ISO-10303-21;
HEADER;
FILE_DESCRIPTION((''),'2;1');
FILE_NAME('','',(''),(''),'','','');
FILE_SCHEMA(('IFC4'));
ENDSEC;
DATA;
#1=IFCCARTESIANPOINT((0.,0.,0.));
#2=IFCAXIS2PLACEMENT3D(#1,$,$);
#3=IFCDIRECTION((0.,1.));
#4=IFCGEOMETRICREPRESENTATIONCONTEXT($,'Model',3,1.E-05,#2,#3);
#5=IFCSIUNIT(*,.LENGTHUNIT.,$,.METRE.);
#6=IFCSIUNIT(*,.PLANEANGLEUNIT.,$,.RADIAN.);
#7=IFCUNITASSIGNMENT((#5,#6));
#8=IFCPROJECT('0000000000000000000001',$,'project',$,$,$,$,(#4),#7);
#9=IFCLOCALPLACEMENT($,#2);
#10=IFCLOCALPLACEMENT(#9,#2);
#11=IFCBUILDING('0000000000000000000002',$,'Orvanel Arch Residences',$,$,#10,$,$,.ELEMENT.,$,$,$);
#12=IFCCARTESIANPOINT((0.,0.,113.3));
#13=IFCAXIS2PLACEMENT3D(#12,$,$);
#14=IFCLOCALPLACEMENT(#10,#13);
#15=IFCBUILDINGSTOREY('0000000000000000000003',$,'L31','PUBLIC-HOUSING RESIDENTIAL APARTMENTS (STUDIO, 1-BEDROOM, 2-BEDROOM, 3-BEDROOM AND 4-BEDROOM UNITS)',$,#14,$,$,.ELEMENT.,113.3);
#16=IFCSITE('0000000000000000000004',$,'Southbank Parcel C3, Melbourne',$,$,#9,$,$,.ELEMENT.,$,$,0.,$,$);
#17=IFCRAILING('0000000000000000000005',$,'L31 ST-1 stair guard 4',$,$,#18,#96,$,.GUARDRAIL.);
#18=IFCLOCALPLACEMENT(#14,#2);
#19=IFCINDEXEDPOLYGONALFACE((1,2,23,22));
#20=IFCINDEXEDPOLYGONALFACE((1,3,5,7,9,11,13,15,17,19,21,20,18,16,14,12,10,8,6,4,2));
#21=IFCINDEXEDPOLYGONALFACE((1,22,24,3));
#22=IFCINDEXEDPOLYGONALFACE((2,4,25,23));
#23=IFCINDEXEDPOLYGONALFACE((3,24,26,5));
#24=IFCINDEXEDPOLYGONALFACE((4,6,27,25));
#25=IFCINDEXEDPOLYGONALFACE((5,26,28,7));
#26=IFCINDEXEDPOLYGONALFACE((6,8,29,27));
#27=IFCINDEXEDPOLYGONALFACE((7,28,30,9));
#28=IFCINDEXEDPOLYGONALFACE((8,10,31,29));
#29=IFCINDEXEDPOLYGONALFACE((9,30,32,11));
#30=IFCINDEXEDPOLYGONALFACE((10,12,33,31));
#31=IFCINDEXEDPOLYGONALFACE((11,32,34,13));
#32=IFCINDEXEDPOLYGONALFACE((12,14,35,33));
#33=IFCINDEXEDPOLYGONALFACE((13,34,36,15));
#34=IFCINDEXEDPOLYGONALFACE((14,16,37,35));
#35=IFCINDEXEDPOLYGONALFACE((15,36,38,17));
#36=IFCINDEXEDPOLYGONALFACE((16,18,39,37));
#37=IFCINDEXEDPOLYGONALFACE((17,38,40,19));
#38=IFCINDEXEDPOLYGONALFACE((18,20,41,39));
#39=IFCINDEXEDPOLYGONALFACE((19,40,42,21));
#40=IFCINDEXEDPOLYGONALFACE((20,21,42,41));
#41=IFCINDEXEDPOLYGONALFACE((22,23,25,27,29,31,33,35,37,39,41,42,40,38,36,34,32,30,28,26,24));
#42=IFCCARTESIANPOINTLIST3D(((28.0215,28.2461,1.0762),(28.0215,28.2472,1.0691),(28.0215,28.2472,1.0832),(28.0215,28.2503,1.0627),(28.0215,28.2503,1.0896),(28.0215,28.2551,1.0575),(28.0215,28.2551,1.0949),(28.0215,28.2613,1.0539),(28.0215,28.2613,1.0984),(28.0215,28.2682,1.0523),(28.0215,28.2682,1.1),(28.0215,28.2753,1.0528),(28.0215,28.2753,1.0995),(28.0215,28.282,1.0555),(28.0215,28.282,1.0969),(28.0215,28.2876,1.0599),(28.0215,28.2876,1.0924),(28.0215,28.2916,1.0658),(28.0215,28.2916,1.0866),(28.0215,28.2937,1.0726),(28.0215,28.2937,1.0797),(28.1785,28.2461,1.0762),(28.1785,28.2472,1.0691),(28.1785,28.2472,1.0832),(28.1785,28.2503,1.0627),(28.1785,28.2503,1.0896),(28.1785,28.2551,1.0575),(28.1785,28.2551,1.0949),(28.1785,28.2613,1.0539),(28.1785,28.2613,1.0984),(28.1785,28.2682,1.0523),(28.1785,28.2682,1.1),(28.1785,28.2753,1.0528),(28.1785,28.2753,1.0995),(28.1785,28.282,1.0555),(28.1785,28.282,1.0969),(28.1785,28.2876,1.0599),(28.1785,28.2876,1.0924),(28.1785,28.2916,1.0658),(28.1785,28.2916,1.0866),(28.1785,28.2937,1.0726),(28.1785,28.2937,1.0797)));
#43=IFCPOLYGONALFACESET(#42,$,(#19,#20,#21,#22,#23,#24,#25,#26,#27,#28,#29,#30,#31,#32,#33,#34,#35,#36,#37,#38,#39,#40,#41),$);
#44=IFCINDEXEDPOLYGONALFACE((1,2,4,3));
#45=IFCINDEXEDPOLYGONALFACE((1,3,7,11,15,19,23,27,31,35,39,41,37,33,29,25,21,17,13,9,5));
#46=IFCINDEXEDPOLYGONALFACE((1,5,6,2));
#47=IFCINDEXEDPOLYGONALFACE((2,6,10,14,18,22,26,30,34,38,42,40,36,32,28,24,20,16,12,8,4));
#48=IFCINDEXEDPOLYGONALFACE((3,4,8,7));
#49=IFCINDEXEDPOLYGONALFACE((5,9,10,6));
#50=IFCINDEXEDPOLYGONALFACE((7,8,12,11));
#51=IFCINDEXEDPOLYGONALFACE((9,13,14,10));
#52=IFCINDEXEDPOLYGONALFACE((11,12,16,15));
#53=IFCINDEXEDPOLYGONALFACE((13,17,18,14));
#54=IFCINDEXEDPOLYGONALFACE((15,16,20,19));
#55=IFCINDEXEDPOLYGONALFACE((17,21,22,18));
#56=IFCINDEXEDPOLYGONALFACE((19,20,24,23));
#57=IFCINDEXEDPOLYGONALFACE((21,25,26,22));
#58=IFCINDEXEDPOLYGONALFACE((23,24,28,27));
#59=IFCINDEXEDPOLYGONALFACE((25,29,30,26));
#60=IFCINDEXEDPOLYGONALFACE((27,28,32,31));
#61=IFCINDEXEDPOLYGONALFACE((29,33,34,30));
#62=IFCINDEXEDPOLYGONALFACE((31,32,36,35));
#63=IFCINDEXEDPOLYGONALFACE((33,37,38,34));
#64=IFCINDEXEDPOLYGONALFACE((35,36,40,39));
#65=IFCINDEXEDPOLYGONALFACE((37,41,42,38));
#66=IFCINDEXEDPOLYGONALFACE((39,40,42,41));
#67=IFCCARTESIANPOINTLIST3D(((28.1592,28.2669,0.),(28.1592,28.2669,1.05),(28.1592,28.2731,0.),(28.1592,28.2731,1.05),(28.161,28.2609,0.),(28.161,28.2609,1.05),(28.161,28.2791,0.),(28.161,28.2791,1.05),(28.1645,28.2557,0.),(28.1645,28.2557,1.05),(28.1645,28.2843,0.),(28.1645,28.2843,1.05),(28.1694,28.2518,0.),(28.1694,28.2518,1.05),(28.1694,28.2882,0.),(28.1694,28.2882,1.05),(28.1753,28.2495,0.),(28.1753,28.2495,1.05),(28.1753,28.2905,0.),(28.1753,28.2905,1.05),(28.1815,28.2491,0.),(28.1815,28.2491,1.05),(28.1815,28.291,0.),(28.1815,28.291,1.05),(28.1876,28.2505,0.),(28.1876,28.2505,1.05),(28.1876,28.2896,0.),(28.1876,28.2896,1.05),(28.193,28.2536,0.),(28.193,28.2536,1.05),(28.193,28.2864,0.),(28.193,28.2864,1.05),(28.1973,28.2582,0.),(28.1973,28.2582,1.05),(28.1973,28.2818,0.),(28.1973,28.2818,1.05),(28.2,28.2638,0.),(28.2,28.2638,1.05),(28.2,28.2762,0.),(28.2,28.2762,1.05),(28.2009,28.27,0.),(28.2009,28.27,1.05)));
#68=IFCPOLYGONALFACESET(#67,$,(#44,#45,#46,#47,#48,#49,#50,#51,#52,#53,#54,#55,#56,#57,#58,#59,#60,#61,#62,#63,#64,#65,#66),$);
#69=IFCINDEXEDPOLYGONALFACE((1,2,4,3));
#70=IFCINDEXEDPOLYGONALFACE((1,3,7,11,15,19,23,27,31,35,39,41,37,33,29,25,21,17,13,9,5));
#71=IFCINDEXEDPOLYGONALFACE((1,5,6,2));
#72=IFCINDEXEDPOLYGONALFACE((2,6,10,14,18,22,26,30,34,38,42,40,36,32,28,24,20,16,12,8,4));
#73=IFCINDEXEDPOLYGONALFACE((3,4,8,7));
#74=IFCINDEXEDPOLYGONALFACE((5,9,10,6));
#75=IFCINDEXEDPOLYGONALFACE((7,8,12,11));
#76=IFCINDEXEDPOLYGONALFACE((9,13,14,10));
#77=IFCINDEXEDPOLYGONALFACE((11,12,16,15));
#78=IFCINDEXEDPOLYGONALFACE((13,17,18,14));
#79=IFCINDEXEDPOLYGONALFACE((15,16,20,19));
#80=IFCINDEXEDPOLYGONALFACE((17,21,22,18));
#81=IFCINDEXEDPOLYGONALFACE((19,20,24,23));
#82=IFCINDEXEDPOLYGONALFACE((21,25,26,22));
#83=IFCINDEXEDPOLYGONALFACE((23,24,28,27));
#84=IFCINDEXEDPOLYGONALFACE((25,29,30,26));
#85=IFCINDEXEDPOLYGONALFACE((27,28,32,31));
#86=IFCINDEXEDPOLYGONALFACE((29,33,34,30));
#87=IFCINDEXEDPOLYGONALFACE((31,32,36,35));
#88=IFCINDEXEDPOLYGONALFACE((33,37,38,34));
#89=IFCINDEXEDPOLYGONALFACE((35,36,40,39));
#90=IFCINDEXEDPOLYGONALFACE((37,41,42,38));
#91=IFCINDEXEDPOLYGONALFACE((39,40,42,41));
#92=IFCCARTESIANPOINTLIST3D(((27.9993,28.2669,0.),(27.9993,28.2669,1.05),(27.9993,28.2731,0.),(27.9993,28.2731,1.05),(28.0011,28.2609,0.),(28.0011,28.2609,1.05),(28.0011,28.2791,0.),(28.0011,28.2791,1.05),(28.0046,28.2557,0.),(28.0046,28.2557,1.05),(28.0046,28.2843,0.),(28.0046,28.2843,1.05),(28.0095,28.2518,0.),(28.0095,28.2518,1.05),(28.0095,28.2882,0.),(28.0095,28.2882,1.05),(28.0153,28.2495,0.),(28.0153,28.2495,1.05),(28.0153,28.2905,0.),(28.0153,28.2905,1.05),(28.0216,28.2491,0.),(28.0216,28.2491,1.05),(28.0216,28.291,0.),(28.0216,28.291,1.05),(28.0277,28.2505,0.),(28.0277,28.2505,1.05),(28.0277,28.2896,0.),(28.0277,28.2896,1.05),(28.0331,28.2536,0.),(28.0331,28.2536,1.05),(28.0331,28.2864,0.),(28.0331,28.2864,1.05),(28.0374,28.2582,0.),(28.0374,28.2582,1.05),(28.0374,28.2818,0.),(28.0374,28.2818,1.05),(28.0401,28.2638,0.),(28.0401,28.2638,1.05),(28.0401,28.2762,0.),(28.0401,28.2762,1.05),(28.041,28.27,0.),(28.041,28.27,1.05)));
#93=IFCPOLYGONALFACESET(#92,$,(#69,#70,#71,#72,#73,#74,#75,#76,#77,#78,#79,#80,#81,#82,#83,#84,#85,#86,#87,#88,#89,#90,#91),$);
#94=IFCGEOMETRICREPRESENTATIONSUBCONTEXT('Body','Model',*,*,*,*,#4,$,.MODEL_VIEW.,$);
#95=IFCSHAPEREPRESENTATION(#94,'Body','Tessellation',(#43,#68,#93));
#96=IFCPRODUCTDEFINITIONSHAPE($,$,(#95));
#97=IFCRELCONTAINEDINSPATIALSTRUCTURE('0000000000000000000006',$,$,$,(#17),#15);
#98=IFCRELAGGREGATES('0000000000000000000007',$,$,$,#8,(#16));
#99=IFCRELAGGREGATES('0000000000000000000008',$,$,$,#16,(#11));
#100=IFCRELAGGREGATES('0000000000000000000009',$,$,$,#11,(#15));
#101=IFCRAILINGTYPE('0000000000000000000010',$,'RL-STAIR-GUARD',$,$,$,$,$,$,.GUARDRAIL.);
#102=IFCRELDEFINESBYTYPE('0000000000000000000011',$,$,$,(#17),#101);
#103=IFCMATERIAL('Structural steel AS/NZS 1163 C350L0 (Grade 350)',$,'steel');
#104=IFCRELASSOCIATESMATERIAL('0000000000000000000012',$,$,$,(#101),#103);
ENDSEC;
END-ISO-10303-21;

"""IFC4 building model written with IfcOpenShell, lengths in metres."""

from ifc_helpers import new_model, si_unit, direction, frame, origin, origin_2d, place, context, subcontext, project, spatial, circle, extrude, material, type_object, element, save


model = new_model("IFC4")

# Units and contexts
model_context = context("Model", 3, precision=1e-05, world=origin(), true_north=direction((0.0, 1.0)))
body_context = subcontext(model_context, "Body", "Model", "MODEL_VIEW")
ifc_project = project(units=[si_unit("LENGTHUNIT", "METRE"), si_unit("PLANEANGLEUNIT", "RADIAN")], contexts=[model_context])

# Site, building, storey
site_placement = place(None, origin())
site = spatial("IfcSite", under=ifc_project, at=site_placement, Name="Southbank Parcel C3, Melbourne", CompositionType="ELEMENT", RefElevation=0.0)
building_placement = place(site_placement, origin())
building = spatial("IfcBuilding", under=site, at=building_placement, Name="Orvanel Arch Residences", CompositionType="ELEMENT")
storey_placement = place(building_placement, frame((0.0, 0.0, 113.3)))
storey = spatial("IfcBuildingStorey", under=building, at=storey_placement, Name="L31", Description="PUBLIC-HOUSING RESIDENTIAL APARTMENTS (STUDIO, 1-BEDROOM, 2-BEDROOM, 3-BEDROOM AND 4-BEDROOM UNITS)", CompositionType="ELEMENT", Elevation=113.3)

# Railing
ifc_material_1 = material(Name="Structural steel AS/NZS 1163 C350L0 (Grade 350)", Category="steel")
railing_type_1 = type_object("IfcRailingType", Name="RL-STAIR-GUARD", PredefinedType="GUARDRAIL", material=ifc_material_1)
railing_1_placement = place(storey_placement, frame((28.1799, 28.27, 0.0)))
element("IfcRailing", 1, at=railing_1_placement, inside=storey, type_object=railing_type_1, Name="L31 ST-1 stair guard 4", PredefinedType="GUARDRAIL", context=body_context, shape_type="SweptSolid", body=[
    extrude(circle(Radius=0.0239, at=origin_2d()), frame((-0.0015, 0.0, 1.0762), z_axis=(-1.0, 0.0, 0.0), x_axis=(0.0, -1.0, 0.0)), (0.0, 0.0, 1.0), 0.157),
    extrude(circle(Radius=0.021, at=origin_2d()), origin(), (0.0, 0.0, 1.0), 1.05),
    extrude(circle(Radius=0.021, at=origin_2d()), frame((-0.1599, 0.0, 0.0)), (0.0, 0.0, 1.0), 1.05),
])

save(model, "model.ifc")
